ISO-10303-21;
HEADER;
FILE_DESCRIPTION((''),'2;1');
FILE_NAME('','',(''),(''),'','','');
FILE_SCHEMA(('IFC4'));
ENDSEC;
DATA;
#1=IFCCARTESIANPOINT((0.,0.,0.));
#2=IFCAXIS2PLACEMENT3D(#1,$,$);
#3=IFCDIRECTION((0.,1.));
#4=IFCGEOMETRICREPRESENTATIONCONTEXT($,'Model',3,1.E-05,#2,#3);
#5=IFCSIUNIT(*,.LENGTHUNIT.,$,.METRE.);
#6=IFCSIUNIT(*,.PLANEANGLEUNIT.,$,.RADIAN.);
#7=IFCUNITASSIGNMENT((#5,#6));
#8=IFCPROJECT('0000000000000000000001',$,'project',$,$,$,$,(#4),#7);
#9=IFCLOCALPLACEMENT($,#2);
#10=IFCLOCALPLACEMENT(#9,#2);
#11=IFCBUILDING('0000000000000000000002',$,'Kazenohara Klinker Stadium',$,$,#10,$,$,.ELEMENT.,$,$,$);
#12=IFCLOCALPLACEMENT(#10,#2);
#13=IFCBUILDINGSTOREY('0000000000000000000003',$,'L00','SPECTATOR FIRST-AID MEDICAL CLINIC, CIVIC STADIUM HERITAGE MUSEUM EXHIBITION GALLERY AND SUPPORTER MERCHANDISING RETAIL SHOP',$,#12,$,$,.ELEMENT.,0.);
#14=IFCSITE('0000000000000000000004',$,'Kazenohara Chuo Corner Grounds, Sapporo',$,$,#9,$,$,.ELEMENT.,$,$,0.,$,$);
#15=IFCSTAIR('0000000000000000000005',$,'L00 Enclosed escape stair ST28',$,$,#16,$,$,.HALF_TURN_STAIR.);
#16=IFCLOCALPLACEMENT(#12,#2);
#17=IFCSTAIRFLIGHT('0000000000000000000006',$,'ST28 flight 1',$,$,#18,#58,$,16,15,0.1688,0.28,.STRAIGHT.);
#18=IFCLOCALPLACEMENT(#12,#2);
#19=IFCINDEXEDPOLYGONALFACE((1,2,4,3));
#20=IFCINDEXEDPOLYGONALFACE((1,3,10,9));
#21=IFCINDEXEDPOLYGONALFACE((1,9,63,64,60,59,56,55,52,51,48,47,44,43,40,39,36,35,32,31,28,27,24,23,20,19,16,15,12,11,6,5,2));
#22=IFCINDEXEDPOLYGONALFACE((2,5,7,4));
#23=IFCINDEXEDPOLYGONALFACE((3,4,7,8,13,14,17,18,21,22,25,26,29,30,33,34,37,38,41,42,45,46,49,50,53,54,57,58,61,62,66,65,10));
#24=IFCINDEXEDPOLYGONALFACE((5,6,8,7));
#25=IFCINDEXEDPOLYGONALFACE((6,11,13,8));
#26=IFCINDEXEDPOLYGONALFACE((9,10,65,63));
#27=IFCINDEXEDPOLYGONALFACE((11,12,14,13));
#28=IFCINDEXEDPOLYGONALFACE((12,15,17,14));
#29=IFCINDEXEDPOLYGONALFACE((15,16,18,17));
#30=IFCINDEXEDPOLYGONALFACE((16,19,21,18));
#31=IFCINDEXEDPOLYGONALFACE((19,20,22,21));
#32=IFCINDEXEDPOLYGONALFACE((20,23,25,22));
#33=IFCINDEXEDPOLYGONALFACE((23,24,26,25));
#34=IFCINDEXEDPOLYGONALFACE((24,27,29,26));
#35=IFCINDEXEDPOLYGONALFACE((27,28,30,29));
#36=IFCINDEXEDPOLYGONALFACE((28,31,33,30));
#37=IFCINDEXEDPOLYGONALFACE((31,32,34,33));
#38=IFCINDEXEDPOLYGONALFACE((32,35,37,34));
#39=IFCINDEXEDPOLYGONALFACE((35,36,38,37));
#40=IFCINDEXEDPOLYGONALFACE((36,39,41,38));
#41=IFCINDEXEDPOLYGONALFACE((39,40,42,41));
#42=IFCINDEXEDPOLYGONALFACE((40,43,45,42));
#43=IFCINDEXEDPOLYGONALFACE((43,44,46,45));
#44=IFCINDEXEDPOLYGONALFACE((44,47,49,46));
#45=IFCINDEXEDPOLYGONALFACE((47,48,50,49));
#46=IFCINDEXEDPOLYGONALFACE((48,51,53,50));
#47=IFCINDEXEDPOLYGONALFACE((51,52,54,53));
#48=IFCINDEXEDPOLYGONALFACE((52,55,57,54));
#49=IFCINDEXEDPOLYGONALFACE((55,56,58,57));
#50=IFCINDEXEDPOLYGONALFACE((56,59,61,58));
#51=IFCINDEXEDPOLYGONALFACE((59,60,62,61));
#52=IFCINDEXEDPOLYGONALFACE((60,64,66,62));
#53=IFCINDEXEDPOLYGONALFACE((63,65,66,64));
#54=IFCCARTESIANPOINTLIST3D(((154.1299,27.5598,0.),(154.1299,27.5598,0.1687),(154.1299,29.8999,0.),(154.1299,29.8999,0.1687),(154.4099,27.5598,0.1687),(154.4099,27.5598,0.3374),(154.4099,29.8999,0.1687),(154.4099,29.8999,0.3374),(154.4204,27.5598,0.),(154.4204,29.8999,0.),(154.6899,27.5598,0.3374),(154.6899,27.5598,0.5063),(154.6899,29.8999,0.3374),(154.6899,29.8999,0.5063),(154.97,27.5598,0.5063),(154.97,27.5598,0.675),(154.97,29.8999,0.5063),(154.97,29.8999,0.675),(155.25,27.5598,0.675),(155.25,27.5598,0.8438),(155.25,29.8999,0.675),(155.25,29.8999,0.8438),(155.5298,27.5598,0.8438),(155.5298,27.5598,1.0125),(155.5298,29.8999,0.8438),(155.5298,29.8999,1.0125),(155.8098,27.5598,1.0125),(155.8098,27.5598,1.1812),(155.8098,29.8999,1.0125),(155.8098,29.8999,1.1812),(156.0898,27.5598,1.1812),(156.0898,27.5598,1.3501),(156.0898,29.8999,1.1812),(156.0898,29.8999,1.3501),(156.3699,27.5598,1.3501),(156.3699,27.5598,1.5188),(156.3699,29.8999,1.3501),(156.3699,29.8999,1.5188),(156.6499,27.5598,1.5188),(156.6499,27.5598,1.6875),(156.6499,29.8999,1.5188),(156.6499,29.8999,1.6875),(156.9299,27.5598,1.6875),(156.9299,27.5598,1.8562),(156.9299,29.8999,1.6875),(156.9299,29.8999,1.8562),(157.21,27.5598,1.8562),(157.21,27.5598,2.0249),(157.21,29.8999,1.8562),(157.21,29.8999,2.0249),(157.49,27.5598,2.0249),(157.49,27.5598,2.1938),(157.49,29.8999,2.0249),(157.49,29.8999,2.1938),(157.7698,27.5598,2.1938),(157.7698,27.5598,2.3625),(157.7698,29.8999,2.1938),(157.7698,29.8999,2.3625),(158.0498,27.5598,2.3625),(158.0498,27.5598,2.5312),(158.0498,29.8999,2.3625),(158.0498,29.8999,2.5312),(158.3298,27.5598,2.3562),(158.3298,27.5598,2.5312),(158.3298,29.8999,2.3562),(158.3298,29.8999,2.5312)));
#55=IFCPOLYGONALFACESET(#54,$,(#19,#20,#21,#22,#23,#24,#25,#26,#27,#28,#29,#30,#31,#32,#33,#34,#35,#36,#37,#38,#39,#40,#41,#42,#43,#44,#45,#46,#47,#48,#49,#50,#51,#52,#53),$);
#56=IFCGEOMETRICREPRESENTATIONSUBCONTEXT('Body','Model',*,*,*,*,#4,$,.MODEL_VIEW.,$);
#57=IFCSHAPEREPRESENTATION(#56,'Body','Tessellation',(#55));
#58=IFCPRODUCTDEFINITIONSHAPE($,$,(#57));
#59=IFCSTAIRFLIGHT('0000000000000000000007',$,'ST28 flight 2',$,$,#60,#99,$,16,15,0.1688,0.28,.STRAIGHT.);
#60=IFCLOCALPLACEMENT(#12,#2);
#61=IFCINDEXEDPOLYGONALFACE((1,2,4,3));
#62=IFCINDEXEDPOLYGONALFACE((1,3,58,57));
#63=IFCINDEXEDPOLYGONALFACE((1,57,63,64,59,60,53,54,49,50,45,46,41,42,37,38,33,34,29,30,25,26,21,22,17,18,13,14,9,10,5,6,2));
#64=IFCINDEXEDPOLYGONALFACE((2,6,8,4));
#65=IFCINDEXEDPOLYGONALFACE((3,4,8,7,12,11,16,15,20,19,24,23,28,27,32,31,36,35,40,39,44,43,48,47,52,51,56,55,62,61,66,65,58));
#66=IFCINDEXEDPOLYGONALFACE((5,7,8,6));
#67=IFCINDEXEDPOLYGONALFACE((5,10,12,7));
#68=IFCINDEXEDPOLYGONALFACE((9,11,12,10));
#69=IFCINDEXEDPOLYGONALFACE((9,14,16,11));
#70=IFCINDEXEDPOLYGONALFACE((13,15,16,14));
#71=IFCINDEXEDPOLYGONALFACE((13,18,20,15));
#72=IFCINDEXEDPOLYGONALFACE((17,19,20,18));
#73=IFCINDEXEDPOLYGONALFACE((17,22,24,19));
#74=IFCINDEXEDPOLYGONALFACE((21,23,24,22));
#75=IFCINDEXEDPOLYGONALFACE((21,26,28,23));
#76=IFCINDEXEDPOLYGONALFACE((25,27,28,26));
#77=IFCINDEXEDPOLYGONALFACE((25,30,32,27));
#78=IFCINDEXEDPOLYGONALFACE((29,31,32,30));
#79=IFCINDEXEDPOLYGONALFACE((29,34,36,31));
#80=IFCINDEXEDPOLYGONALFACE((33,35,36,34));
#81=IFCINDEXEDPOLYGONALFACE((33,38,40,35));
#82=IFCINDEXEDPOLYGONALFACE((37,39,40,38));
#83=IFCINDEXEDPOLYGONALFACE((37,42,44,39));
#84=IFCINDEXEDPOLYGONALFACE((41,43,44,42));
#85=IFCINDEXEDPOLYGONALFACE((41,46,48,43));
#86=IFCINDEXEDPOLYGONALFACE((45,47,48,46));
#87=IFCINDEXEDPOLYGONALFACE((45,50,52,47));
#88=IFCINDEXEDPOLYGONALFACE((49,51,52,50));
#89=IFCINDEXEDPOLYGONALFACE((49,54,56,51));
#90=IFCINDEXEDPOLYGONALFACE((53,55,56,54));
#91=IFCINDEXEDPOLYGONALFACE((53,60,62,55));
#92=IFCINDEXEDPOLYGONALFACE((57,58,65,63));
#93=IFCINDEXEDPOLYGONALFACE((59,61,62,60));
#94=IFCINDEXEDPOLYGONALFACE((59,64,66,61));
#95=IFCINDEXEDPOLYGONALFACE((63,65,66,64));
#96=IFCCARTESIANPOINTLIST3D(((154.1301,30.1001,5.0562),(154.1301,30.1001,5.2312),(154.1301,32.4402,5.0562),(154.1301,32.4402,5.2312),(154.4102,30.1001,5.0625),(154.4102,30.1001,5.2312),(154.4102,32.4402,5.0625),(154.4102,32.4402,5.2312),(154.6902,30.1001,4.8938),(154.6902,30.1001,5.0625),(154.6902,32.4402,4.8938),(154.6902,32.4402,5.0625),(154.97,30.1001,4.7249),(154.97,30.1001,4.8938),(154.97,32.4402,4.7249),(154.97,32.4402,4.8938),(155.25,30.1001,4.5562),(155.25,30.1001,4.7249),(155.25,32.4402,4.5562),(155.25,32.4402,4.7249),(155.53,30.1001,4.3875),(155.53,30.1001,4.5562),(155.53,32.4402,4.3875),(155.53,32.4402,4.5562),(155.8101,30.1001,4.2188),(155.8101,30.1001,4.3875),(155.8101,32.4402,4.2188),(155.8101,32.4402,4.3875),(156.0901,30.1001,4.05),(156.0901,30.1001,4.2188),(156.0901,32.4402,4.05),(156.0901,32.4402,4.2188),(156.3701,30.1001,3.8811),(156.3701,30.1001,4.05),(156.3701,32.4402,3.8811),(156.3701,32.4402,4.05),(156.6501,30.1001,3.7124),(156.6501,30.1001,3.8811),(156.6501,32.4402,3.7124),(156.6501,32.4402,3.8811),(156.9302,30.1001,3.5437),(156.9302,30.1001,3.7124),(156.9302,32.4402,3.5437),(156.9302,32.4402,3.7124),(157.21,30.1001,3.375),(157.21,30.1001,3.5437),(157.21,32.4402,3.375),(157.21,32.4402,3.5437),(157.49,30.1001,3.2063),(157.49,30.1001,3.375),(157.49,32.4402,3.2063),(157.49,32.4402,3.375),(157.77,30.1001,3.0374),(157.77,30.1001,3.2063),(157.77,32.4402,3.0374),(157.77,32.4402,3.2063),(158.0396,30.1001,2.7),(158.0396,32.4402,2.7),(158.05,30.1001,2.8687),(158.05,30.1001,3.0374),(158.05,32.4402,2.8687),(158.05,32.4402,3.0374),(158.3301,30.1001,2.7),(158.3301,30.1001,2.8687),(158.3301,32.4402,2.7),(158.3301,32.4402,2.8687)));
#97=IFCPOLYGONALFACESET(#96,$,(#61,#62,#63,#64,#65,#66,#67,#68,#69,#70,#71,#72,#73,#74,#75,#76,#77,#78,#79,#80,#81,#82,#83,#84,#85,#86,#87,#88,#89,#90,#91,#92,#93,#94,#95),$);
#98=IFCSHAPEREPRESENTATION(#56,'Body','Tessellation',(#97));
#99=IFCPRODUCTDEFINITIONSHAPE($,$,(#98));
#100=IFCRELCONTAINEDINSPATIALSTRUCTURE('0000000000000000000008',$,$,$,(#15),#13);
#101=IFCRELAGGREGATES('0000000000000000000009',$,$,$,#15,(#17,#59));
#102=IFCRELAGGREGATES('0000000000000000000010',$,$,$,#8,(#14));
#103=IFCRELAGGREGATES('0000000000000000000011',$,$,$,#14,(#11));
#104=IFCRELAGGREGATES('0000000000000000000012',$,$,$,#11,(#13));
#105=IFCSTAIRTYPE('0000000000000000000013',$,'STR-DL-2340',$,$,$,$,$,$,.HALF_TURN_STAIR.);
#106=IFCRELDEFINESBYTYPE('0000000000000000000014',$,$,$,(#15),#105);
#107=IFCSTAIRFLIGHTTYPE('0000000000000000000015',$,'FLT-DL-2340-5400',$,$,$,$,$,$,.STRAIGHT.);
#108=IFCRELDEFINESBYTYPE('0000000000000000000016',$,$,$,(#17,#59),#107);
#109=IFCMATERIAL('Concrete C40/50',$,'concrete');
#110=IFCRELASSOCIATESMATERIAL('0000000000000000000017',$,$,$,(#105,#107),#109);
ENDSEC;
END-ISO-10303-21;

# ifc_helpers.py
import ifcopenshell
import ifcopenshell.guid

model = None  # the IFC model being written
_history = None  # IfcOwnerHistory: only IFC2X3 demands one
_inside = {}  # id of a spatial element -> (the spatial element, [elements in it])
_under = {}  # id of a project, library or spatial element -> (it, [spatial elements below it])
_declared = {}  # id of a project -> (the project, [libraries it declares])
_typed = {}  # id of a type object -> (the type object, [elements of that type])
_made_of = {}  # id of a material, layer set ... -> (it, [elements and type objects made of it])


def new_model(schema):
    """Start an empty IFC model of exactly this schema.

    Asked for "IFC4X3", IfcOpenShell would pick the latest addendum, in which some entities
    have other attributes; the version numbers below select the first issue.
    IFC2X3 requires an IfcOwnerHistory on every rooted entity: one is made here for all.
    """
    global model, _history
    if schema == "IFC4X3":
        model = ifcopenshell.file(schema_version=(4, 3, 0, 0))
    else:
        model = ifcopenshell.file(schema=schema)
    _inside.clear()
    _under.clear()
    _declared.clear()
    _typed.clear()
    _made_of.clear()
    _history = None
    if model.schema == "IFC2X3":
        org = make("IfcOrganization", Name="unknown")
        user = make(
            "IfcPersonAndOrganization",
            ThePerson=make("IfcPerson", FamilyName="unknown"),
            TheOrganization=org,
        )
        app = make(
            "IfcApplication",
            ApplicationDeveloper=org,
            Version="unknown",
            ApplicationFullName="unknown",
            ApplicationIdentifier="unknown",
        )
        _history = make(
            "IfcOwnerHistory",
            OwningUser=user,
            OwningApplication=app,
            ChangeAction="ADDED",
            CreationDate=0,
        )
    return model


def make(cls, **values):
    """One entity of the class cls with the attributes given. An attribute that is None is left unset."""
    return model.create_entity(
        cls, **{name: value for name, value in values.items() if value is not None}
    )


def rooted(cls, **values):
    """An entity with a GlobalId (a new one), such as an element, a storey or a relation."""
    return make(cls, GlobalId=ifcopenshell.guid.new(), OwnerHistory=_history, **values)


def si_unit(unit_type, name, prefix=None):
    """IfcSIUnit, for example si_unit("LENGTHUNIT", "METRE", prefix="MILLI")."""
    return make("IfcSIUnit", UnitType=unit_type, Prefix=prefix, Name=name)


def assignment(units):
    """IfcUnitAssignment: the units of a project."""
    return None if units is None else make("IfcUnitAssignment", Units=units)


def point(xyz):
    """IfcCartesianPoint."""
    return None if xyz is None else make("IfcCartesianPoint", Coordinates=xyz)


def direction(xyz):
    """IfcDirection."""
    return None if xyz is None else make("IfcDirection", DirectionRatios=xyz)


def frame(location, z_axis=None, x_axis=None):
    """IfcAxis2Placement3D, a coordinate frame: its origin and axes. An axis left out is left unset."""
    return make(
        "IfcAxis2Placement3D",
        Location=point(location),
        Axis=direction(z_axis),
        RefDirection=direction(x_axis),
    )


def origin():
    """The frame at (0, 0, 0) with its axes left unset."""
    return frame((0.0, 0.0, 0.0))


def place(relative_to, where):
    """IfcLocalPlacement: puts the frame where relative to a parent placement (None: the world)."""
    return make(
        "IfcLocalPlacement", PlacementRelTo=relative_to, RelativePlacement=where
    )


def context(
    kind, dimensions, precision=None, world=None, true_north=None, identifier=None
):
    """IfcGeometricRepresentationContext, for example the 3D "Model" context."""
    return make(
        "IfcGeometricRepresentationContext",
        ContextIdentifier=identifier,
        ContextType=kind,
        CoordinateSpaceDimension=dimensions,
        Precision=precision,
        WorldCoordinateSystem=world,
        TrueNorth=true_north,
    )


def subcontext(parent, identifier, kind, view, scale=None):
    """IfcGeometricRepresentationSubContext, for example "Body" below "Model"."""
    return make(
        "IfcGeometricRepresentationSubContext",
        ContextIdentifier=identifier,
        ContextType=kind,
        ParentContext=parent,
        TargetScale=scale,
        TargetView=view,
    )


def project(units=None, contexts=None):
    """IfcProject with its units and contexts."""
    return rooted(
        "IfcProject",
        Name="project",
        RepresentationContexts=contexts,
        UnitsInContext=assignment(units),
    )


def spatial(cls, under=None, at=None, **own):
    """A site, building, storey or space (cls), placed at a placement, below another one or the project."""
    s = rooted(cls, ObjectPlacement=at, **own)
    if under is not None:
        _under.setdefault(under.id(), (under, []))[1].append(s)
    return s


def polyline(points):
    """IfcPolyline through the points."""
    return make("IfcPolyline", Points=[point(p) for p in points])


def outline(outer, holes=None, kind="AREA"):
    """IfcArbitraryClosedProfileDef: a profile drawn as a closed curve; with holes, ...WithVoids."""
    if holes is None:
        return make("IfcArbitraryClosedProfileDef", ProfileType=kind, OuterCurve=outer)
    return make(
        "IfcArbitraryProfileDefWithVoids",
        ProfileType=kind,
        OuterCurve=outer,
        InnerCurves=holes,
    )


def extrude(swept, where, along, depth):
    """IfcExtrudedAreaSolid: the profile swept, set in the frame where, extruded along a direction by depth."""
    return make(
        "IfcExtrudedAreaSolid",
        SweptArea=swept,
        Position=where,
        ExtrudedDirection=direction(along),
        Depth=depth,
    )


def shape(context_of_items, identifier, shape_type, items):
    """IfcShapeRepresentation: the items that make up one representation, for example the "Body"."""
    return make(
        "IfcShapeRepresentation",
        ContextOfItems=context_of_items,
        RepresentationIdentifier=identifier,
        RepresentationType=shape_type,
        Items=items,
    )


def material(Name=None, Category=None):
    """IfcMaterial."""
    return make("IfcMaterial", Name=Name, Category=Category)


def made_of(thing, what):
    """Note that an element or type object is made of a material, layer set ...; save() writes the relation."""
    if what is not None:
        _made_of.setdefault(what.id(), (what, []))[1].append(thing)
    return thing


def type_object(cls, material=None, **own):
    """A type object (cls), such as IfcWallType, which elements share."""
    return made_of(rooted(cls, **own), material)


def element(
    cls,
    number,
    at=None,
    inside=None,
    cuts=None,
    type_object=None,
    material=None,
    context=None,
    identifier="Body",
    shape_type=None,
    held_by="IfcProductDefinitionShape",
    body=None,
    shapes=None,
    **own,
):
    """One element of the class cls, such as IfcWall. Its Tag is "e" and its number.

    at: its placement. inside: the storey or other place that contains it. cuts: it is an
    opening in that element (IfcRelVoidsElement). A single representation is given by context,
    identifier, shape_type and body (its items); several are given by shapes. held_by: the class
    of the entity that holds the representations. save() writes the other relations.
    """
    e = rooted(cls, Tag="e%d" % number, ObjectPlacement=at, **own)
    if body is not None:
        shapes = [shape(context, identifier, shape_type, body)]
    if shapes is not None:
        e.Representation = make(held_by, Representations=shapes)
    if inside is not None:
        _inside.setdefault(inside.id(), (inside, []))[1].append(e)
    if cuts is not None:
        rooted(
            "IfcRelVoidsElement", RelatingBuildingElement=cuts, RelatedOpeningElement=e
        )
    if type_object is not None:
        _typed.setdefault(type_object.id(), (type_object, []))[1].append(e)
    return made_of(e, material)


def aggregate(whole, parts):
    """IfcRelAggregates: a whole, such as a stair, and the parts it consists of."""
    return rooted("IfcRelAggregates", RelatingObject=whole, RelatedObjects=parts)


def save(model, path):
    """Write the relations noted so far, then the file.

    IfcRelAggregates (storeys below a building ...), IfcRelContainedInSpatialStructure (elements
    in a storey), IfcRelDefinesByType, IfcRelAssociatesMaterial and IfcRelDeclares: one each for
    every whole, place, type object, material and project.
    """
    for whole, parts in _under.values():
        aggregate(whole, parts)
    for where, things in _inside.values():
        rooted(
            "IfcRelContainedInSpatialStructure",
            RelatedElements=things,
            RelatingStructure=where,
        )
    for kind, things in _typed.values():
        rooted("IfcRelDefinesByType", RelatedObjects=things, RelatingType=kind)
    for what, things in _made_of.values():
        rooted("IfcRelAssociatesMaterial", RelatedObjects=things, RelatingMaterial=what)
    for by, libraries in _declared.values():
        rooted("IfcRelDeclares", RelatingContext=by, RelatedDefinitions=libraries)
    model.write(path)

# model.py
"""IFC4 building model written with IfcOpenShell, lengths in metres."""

from ifc_helpers import new_model, si_unit, direction, frame, origin, place, context, subcontext, project, spatial, polyline, outline, extrude, material, type_object, element, aggregate, save


model = new_model("IFC4")

# Units and contexts
model_context = context("Model", 3, precision=1e-05, world=origin(), true_north=direction((0.0, 1.0)))
body_context = subcontext(model_context, "Body", "Model", "MODEL_VIEW")
ifc_project = project(units=[si_unit("LENGTHUNIT", "METRE"), si_unit("PLANEANGLEUNIT", "RADIAN")], contexts=[model_context])

# Site, building, storey
site_placement = place(None, origin())
site = spatial("IfcSite", under=ifc_project, at=site_placement, Name="Kazenohara Chuo Corner Grounds, Sapporo", CompositionType="ELEMENT", RefElevation=0.0)
building_placement = place(site_placement, origin())
building = spatial("IfcBuilding", under=site, at=building_placement, Name="Kazenohara Klinker Stadium", CompositionType="ELEMENT")
storey_placement = place(building_placement, origin())
storey = spatial("IfcBuildingStorey", under=building, at=storey_placement, Name="L00", Description="SPECTATOR FIRST-AID MEDICAL CLINIC, CIVIC STADIUM HERITAGE MUSEUM EXHIBITION GALLERY AND SUPPORTER MERCHANDISING RETAIL SHOP", CompositionType="ELEMENT", Elevation=0.0)

# Shared definitions
ifc_material_1 = material(Name="Concrete C40/50", Category="concrete")

# Stair, stair flights
stair_type = type_object("IfcStairType", Name="STR-DL-2340", PredefinedType="HALF_TURN_STAIR", material=ifc_material_1)
stair_placement = place(storey_placement, origin())
stair = element("IfcStair", 1, at=stair_placement, inside=storey, type_object=stair_type, Name="L00 Enclosed escape stair ST28", PredefinedType="HALF_TURN_STAIR")
stair_flight_type = type_object("IfcStairFlightType", Name="FLT-DL-2340-5400", PredefinedType="STRAIGHT", material=ifc_material_1)
stair_flight_1_placement = place(storey_placement, frame((154.1299, 28.73, 0.0), z_axis=(0.0, 0.0, 1.0), x_axis=(1.0, 0.0, 0.0)))
stair_flight_1 = element("IfcStairFlight", 2, at=stair_flight_1_placement, type_object=stair_flight_type, Name="ST28 flight 1", NumberOfRisers=16, NumberOfTreads=15, PredefinedType="STRAIGHT", RiserHeight=0.1688, TreadLength=0.28, context=body_context, shape_type="SweptSolid", body=[
    extrude(outline(polyline([(0.0, 0.0), (0.0, 0.1687), (0.28, 0.1687), (0.28, 0.3374), (0.5601, 0.3374), (0.5601, 0.5063), (0.8401, 0.5063), (0.8401, 0.675), (1.1201, 0.675), (1.1201, 0.8438), (1.3999, 0.8438), (1.3999, 1.0125), (1.6799, 1.0125), (1.6799, 1.1812), (1.96, 1.1812), (1.96, 1.3501), (2.24, 1.3501), (2.24, 1.5188), (2.52, 1.5188), (2.52, 1.6875), (2.8, 1.6875), (2.8, 1.8562), (3.0801, 1.8562), (3.0801, 2.0249), (3.3601, 2.0249), (3.3601, 2.1938), (3.6399, 2.1938), (3.6399, 2.3625), (3.9199, 2.3625), (3.9199, 2.5312), (4.2, 2.5312), (4.2, 2.7), (4.2, 2.3562), (0.2905, 0.0), (0.0, 0.0)])), frame((0.0, 1.1699, 0.0), z_axis=(0.0, -1.0, 0.0), x_axis=(1.0, 0.0, 0.0)), (0.0, 0.0, 1.0), 2.3401),
])
stair_flight_2_placement = place(storey_placement, frame((158.3301, 31.27, 2.7), z_axis=(0.0, 0.0, 1.0), x_axis=(-1.0, 0.0, 0.0)))
stair_flight_2 = element("IfcStairFlight", 3, at=stair_flight_2_placement, type_object=stair_flight_type, Name="ST28 flight 2", NumberOfRisers=16, NumberOfTreads=15, PredefinedType="STRAIGHT", RiserHeight=0.1688, TreadLength=0.28, context=body_context, shape_type="SweptSolid", body=[
    extrude(outline(polyline([(0.0, 0.0), (0.0, 0.1687), (0.28, 0.1687), (0.28, 0.3374), (0.5601, 0.3374), (0.5601, 0.5063), (0.8401, 0.5063), (0.8401, 0.675), (1.1201, 0.675), (1.1201, 0.8438), (1.3999, 0.8438), (1.3999, 1.0125), (1.6799, 1.0125), (1.6799, 1.1812), (1.96, 1.1812), (1.96, 1.3501), (2.24, 1.3501), (2.24, 1.5188), (2.52, 1.5188), (2.52, 1.6875), (2.8, 1.6875), (2.8, 1.8562), (3.0801, 1.8562), (3.0801, 2.0249), (3.3601, 2.0249), (3.3601, 2.1938), (3.6399, 2.1938), (3.6399, 2.3625), (3.9199, 2.3625), (3.9199, 2.5312), (4.2, 2.5312), (4.2, 2.7), (4.2, 2.3562), (0.2905, 0.0), (0.0, 0.0)])), frame((0.0, 1.1699, 0.0), z_axis=(0.0, -1.0, 0.0), x_axis=(1.0, 0.0, 0.0)), (0.0, 0.0, 1.0), 2.3401),
])
aggregate(stair, [stair_flight_1, stair_flight_2])

save(model, "model.ifc")
